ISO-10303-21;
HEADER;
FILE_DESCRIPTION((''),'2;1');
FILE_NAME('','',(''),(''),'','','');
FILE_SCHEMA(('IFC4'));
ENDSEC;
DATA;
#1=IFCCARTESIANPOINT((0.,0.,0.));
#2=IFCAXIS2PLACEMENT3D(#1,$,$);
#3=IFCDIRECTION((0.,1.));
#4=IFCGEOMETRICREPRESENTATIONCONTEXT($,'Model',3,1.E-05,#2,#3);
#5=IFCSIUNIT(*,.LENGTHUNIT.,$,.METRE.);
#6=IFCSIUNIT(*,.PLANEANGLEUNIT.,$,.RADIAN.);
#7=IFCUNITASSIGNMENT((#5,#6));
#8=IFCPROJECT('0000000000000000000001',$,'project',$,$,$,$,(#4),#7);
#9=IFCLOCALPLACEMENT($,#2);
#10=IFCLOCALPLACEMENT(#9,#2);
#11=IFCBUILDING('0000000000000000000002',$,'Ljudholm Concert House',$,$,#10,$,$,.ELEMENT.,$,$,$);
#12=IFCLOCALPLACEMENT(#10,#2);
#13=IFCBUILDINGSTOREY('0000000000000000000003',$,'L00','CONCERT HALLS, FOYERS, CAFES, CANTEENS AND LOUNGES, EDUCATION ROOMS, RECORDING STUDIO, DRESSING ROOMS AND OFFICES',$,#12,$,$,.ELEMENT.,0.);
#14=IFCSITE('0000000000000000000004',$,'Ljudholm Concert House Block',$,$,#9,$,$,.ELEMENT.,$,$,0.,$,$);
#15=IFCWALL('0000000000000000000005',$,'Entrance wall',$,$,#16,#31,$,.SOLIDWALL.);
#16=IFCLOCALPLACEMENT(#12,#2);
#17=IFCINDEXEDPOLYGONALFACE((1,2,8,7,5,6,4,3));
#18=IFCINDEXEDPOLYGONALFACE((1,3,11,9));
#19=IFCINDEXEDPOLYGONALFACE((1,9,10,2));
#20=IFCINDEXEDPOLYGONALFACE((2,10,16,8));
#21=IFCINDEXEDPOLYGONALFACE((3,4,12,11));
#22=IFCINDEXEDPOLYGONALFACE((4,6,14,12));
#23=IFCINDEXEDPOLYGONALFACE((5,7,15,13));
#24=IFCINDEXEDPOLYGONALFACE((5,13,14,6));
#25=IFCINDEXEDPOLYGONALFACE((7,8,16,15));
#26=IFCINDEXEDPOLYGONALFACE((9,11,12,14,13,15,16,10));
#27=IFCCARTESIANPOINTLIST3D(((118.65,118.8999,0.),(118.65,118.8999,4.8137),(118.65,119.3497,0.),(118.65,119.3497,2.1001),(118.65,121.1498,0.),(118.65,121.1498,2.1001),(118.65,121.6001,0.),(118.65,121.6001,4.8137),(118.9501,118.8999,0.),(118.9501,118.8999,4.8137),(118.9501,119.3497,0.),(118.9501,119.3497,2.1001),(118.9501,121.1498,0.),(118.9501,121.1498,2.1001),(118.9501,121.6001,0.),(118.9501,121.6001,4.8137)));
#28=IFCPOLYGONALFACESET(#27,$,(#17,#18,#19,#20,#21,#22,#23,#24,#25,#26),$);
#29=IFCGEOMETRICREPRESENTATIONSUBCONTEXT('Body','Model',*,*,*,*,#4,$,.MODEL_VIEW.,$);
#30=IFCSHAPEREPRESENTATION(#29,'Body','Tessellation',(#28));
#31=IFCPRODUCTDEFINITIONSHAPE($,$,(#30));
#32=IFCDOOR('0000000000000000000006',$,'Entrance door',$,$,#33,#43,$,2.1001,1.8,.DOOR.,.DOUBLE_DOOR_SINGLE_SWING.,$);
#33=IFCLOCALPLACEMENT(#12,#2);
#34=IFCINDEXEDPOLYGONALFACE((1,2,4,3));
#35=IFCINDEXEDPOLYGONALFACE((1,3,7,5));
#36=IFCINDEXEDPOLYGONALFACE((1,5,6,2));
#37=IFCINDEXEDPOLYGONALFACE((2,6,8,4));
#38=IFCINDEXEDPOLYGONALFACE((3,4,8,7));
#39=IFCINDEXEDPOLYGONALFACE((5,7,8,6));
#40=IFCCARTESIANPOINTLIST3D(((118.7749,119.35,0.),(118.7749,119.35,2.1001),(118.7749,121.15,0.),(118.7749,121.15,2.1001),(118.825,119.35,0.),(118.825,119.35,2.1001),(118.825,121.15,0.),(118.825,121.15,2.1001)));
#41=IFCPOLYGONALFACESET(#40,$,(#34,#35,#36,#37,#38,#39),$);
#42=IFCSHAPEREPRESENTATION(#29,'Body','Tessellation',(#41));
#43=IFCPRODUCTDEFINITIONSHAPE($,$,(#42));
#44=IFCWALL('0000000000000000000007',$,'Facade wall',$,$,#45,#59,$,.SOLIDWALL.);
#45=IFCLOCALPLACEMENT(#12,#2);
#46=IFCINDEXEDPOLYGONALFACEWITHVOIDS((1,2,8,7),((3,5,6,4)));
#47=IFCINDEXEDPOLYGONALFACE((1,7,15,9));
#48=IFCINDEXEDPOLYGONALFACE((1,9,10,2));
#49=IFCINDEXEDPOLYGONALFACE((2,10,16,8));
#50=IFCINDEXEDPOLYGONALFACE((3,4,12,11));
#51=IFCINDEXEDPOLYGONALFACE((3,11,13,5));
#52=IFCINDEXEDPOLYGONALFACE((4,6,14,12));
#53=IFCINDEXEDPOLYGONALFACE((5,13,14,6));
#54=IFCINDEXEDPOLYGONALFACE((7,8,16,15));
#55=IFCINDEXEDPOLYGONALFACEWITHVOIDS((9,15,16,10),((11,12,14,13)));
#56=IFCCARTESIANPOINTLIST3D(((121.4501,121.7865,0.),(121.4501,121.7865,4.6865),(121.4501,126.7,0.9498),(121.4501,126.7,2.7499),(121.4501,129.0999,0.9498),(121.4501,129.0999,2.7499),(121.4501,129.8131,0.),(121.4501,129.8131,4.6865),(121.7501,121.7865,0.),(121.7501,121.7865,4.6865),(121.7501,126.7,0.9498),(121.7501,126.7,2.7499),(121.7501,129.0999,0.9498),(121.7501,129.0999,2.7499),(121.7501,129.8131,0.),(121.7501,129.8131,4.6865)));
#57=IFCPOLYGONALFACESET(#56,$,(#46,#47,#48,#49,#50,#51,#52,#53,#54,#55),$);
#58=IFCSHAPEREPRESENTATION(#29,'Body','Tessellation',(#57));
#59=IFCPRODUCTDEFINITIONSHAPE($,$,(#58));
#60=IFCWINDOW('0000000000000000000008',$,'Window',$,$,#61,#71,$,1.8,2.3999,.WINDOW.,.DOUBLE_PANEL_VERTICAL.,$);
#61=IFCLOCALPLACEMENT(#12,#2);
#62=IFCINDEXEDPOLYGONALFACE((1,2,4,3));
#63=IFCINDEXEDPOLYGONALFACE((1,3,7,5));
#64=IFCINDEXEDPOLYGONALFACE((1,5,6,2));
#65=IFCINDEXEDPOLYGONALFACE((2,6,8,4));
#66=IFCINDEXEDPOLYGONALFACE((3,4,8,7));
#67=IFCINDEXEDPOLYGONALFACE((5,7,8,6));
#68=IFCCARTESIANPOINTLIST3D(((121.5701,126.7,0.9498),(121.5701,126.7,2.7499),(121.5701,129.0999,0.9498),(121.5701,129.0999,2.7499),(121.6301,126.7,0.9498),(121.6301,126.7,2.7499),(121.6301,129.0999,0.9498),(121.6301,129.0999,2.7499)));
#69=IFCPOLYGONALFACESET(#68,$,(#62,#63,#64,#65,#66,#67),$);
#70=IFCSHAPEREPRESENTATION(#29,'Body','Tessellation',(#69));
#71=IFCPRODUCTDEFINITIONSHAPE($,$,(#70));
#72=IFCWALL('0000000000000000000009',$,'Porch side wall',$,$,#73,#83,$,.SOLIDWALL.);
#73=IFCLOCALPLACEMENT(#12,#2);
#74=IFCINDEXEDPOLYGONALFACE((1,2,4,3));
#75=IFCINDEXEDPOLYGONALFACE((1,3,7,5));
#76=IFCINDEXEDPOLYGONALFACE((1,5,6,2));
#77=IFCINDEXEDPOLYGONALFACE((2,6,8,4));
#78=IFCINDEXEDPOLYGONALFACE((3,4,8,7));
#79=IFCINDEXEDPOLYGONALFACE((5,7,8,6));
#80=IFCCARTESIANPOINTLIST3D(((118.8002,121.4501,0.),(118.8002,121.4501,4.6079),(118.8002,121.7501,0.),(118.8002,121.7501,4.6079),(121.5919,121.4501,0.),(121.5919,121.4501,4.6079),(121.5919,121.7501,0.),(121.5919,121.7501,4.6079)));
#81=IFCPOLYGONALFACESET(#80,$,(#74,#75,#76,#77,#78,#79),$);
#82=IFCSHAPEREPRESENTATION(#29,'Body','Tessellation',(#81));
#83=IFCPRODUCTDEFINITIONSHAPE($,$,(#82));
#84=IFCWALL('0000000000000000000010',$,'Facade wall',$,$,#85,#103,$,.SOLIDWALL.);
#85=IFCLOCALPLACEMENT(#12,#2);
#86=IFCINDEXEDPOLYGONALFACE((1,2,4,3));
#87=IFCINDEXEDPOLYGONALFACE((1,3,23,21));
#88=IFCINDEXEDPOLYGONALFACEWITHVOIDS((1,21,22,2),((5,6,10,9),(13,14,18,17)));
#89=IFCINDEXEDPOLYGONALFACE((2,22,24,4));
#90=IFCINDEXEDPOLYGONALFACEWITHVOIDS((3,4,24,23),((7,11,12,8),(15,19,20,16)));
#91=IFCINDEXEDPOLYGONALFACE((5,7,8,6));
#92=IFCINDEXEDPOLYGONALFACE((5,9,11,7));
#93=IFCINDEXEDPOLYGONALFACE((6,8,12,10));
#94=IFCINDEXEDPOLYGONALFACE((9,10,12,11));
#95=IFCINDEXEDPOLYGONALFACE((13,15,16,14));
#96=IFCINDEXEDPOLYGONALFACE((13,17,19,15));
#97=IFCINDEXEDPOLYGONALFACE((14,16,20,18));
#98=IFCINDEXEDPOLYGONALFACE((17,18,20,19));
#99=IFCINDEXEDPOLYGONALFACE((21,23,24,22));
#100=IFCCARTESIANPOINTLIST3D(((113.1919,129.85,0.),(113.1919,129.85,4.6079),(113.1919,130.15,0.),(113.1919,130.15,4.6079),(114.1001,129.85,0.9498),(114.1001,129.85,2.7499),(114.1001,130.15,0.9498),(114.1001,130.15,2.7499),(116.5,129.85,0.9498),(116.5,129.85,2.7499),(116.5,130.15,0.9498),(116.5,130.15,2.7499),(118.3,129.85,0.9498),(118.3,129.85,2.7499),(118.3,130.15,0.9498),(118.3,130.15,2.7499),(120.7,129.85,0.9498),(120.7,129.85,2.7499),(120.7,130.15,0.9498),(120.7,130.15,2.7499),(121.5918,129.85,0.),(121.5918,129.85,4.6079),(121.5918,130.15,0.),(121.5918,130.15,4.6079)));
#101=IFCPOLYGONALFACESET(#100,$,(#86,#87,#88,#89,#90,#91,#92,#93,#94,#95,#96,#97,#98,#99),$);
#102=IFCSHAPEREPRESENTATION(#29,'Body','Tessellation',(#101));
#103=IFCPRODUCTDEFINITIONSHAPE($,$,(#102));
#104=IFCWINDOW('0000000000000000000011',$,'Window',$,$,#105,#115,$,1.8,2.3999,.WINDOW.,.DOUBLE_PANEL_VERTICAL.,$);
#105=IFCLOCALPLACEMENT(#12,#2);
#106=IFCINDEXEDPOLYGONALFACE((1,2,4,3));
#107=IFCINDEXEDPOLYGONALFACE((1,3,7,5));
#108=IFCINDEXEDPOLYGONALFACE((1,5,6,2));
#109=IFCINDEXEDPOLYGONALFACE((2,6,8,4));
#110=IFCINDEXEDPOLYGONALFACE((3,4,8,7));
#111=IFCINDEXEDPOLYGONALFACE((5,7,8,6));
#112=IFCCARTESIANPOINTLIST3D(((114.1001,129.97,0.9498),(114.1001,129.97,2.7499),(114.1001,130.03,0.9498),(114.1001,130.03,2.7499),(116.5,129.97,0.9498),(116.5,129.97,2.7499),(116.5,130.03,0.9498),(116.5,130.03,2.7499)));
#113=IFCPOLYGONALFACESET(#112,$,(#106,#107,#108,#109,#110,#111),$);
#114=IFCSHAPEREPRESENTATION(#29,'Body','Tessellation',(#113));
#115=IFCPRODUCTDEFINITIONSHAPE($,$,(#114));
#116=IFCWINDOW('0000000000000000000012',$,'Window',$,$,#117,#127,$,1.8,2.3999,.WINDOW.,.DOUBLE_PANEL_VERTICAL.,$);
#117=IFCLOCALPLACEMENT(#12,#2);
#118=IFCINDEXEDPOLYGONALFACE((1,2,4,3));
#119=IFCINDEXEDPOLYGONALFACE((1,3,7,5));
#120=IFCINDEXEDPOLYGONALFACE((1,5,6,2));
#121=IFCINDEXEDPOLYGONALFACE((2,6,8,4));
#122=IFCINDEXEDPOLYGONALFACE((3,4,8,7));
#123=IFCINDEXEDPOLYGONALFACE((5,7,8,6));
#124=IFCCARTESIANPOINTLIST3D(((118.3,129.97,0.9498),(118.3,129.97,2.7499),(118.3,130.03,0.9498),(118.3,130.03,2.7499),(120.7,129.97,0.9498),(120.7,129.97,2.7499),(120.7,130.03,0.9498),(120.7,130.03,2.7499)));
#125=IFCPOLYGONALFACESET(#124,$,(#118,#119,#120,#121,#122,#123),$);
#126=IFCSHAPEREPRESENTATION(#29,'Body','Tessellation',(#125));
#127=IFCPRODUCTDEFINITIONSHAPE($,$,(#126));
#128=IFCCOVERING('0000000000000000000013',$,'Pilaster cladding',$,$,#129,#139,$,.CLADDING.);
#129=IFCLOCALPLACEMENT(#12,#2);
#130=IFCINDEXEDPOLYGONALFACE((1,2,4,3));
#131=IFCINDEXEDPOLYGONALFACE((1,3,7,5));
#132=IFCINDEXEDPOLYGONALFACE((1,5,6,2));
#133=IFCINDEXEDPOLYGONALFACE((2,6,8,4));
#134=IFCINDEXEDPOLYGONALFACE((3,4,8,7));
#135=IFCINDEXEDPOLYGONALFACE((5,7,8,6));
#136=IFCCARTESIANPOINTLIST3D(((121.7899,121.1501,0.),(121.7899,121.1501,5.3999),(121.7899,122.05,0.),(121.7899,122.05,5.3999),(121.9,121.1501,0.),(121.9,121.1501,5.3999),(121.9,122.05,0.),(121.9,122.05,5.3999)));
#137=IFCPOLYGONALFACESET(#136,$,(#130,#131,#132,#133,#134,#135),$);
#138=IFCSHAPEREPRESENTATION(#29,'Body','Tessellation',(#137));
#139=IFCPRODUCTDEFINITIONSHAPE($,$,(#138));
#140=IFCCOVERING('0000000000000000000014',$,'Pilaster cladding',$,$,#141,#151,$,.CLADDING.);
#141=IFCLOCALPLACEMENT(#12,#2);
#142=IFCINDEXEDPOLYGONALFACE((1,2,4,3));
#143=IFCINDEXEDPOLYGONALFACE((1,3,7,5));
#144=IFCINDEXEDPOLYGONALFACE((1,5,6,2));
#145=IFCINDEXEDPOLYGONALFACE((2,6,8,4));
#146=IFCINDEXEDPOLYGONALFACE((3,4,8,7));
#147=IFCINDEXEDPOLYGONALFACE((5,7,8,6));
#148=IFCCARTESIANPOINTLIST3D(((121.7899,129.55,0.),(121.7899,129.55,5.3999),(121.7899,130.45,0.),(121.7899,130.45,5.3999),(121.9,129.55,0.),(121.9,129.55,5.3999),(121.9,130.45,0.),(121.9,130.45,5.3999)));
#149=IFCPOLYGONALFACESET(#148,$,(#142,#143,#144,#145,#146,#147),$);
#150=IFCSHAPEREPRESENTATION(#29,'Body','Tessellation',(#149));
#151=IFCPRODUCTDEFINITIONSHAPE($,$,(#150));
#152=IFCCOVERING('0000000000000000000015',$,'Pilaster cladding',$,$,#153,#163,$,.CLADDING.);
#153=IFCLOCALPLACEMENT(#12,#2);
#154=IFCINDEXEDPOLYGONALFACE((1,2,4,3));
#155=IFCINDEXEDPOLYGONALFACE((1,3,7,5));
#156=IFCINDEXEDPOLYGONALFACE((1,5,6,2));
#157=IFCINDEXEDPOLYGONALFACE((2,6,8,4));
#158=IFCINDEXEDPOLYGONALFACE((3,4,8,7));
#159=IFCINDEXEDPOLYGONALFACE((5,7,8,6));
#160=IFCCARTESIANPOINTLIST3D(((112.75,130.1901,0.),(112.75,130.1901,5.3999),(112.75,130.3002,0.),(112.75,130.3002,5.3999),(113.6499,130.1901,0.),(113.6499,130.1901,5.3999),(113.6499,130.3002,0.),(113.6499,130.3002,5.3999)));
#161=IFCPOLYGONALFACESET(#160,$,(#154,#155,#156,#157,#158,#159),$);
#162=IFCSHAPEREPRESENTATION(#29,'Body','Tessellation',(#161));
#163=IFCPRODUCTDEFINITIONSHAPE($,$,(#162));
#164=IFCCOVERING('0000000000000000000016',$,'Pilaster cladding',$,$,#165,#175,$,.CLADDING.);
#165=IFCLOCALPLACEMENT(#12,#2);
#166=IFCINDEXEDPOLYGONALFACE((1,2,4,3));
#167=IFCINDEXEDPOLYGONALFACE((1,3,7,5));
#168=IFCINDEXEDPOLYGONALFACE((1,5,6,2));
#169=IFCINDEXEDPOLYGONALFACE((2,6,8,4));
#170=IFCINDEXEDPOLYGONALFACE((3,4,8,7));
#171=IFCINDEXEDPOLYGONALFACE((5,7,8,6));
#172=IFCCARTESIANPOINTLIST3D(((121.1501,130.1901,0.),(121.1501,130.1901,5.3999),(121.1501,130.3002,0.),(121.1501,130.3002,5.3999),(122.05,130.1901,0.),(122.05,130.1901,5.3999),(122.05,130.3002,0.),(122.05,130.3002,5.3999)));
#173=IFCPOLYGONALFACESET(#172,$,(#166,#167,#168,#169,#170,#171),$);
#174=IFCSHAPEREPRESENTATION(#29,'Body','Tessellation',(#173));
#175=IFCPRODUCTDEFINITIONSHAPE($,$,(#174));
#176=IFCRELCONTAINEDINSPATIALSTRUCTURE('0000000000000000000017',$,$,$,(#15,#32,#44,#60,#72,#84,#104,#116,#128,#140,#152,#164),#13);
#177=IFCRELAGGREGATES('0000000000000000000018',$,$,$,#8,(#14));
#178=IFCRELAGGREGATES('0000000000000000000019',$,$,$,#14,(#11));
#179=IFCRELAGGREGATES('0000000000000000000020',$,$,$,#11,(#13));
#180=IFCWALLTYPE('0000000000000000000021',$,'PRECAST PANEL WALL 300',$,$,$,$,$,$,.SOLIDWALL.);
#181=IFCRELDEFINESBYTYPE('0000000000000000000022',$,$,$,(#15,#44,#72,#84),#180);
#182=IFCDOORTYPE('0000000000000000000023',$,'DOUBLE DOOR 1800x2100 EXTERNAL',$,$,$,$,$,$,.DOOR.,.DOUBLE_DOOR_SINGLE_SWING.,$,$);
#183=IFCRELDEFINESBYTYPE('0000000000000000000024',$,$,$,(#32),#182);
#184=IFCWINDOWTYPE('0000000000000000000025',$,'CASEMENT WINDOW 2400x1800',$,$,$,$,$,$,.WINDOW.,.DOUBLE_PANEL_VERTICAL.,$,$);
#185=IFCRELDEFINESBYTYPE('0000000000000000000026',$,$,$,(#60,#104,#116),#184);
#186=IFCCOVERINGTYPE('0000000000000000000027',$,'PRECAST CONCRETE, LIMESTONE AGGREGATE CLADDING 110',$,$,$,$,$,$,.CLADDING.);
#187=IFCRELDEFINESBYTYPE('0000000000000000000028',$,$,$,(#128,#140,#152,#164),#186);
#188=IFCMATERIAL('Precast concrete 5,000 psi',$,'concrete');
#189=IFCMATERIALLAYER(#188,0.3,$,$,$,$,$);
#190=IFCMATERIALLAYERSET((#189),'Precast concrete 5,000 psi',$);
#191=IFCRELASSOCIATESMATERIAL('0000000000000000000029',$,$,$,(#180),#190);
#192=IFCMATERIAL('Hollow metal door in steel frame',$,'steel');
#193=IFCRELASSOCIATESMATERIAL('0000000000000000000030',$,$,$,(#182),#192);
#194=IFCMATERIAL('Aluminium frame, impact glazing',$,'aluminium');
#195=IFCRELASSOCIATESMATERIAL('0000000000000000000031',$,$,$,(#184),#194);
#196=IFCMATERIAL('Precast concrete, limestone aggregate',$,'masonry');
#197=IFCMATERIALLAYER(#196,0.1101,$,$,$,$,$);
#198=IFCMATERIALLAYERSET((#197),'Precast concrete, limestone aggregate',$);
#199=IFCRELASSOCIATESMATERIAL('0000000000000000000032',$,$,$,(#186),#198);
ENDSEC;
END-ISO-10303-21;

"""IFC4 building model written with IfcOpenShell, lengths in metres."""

from ifc_helpers import new_model, si_unit, direction, frame, frame_2d, origin, origin_2d, place, context, subcontext, project, spatial, rectangle, extrude, material, layer, layer_set, type_object, element, fill, save


model = new_model("IFC4")

# Units and contexts
model_context = context("Model", 3, precision=1e-05, world=origin(), true_north=direction((0.0, 1.0)))
body_context = subcontext(model_context, "Body", "Model", "MODEL_VIEW")
ifc_project = project(units=[si_unit("LENGTHUNIT", "METRE"), si_unit("PLANEANGLEUNIT", "RADIAN")], contexts=[model_context])

# Site, building, storey
site_placement = place(None, origin())
site = spatial("IfcSite", under=ifc_project, at=site_placement, Name="Ljudholm Concert House Block", CompositionType="ELEMENT", RefElevation=0.0)
building_placement = place(site_placement, origin())
building = spatial("IfcBuilding", under=site, at=building_placement, Name="Ljudholm Concert House", CompositionType="ELEMENT")
storey_placement = place(building_placement, origin())
storey = spatial("IfcBuildingStorey", under=building, at=storey_placement, Name="L00", Description="CONCERT HALLS, FOYERS, CAFES, CANTEENS AND LOUNGES, EDUCATION ROOMS, RECORDING STUDIO, DRESSING ROOMS AND OFFICES", CompositionType="ELEMENT", Elevation=0.0)

# Wall, opening, door
ifc_material_1 = material(Name="Precast concrete 5,000 psi", Category="concrete")
ifc_layer_1 = layer(ifc_material_1, 0.3)
ifc_layer_set_1 = layer_set([ifc_layer_1], Name="Precast concrete 5,000 psi")
wall_type_1 = type_object("IfcWallType", Name="PRECAST PANEL WALL 300", PredefinedType="SOLIDWALL", material=ifc_layer_set_1)
wall_1_placement = place(storey_placement, frame((118.8, 118.8999, 0.0), z_axis=(0.0, 0.0, 1.0), x_axis=(0.0, 1.0, 0.0)))
wall_1 = element("IfcWall", 1, at=wall_1_placement, inside=storey, type_object=wall_type_1, Name="Entrance wall", PredefinedType="SOLIDWALL", context=body_context, shape_type="SweptSolid", body=[
    extrude(rectangle(XDim=2.7002, YDim=0.3, at=frame_2d((1.3501, 0.0))), origin(), (0.0, 0.0, 1.0), 4.8137),
])
opening_1_placement = place(wall_1_placement, frame((0.45, 0.0, 0.0)))
opening_1 = element("IfcOpeningElement", 2, at=opening_1_placement, cuts=wall_1, PredefinedType="OPENING", context=body_context, shape_type="SweptSolid", body=[
    extrude(rectangle(XDim=1.8, YDim=2.1001, at=frame_2d((0.8999, 1.05))), frame((0.0, 0.1599, 0.0), z_axis=(0.0, -1.0, 0.0), x_axis=(1.0, 0.0, 0.0)), (0.0, 0.0, 1.0), 0.3201),
])
ifc_material_2 = material(Name="Hollow metal door in steel frame", Category="steel")
door_type = type_object("IfcDoorType", Name="DOUBLE DOOR 1800x2100 EXTERNAL", OperationType="DOUBLE_DOOR_SINGLE_SWING", PredefinedType="DOOR", material=ifc_material_2)
door_placement = place(opening_1_placement, frame((1.8, 0.0, 0.0), z_axis=(0.0, 0.0, 1.0), x_axis=(-1.0, 0.0, 0.0)))
door = element("IfcDoor", 3, at=door_placement, inside=storey, type_object=door_type, Name="Entrance door", OperationType="DOUBLE_DOOR_SINGLE_SWING", OverallHeight=2.1001, OverallWidth=1.8, PredefinedType="DOOR", context=body_context, shape_type="SweptSolid", body=[
    extrude(rectangle(XDim=1.8, YDim=2.1001, at=frame_2d((0.8999, 1.05))), frame((0.0, 0.0249, 0.0), z_axis=(0.0, -1.0, 0.0), x_axis=(1.0, 0.0, 0.0)), (0.0, 0.0, 1.0), 0.05),
])
fill(opening_1, door)

# Wall, opening, window
wall_2_placement = place(storey_placement, frame((121.6001, 121.7866, 0.0), z_axis=(0.0, 0.0, 1.0), x_axis=(0.0, 1.0, 0.0)))
wall_2 = element("IfcWall", 4, at=wall_2_placement, inside=storey, type_object=wall_type_1, Name="Facade wall", PredefinedType="SOLIDWALL", context=body_context, shape_type="SweptSolid", body=[
    extrude(rectangle(XDim=8.0266, YDim=0.3, at=frame_2d((4.0132, 0.0))), origin(), (0.0, 0.0, 1.0), 4.6865),
])
opening_2_placement = place(wall_2_placement, frame((4.9133, 0.0, 0.95)))
opening_2 = element("IfcOpeningElement", 5, at=opening_2_placement, cuts=wall_2, PredefinedType="OPENING", context=body_context, shape_type="SweptSolid", body=[
    extrude(rectangle(XDim=2.3999, YDim=1.8, at=frame_2d((1.2, 0.8999))), frame((0.0, 0.1599, 0.0), z_axis=(0.0, -1.0, 0.0), x_axis=(1.0, 0.0, 0.0)), (0.0, 0.0, 1.0), 0.3201),
])
ifc_material_3 = material(Name="Aluminium frame, impact glazing", Category="aluminium")
window_type = type_object("IfcWindowType", Name="CASEMENT WINDOW 2400x1800", PartitioningType="DOUBLE_PANEL_VERTICAL", PredefinedType="WINDOW", material=ifc_material_3)
window_1_placement = place(opening_2_placement, origin())
window_1 = element("IfcWindow", 6, at=window_1_placement, inside=storey, type_object=window_type, Name="Window", OverallHeight=1.8, OverallWidth=2.3999, PartitioningType="DOUBLE_PANEL_VERTICAL", PredefinedType="WINDOW", context=body_context, shape_type="SweptSolid", body=[
    extrude(rectangle(XDim=2.3999, YDim=1.8, at=frame_2d((1.2, 0.8999))), frame((0.0, 0.03, 0.0), z_axis=(0.0, -1.0, 0.0), x_axis=(1.0, 0.0, 0.0)), (0.0, 0.0, 1.0), 0.0601),
])
fill(opening_2, window_1)

# Wall
wall_3_placement = place(storey_placement, frame((118.8, 121.6001, 0.0), z_axis=(0.0, 0.0, 1.0), x_axis=(1.0, 0.0, 0.0)))
element("IfcWall", 7, at=wall_3_placement, inside=storey, type_object=wall_type_1, Name="Porch side wall", PredefinedType="SOLIDWALL", context=body_context, shape_type="SweptSolid", body=[
    extrude(rectangle(XDim=2.7917, YDim=0.3, at=frame_2d((1.396, 0.0))), origin(), (0.0, 0.0, 1.0), 4.6079),
])

# Wall, openings, windows
wall_4_placement = place(storey_placement, frame((113.1919, 130.0, 0.0), z_axis=(0.0, 0.0, 1.0), x_axis=(1.0, 0.0, 0.0)))
wall_4 = element("IfcWall", 8, at=wall_4_placement, inside=storey, type_object=wall_type_1, Name="Facade wall", PredefinedType="SOLIDWALL", context=body_context, shape_type="SweptSolid", body=[
    extrude(rectangle(XDim=8.3999, YDim=0.3, at=frame_2d((4.2, 0.0))), origin(), (0.0, 0.0, 1.0), 4.6079),
])
opening_3_placement = place(wall_4_placement, frame((0.9082, 0.0, 0.95)))
opening_3 = element("IfcOpeningElement", 9, at=opening_3_placement, cuts=wall_4, PredefinedType="OPENING", context=body_context, shape_type="SweptSolid", body=[
    extrude(rectangle(XDim=2.3999, YDim=1.8, at=frame_2d((1.2, 0.8999))), frame((0.0, 0.1599, 0.0), z_axis=(0.0, -1.0, 0.0), x_axis=(1.0, 0.0, 0.0)), (0.0, 0.0, 1.0), 0.3201),
])
opening_4_placement = place(wall_4_placement, frame((5.1082, 0.0, 0.95)))
opening_4 = element("IfcOpeningElement", 10, at=opening_4_placement, cuts=wall_4, PredefinedType="OPENING", context=body_context, shape_type="SweptSolid", body=[
    extrude(rectangle(XDim=2.3999, YDim=1.8, at=frame_2d((1.2, 0.8999))), frame((0.0, 0.1599, 0.0), z_axis=(0.0, -1.0, 0.0), x_axis=(1.0, 0.0, 0.0)), (0.0, 0.0, 1.0), 0.3201),
])
window_2_placement = place(opening_3_placement, origin())
window_2 = element("IfcWindow", 11, at=window_2_placement, inside=storey, type_object=window_type, Name="Window", OverallHeight=1.8, OverallWidth=2.3999, PartitioningType="DOUBLE_PANEL_VERTICAL", PredefinedType="WINDOW", context=body_context, shape_type="SweptSolid", body=[
    extrude(rectangle(XDim=2.3999, YDim=1.8, at=frame_2d((1.2, 0.8999))), frame((0.0, 0.03, 0.0), z_axis=(0.0, -1.0, 0.0), x_axis=(1.0, 0.0, 0.0)), (0.0, 0.0, 1.0), 0.0601),
])
fill(opening_3, window_2)
window_3_placement = place(opening_4_placement, origin())
window_3 = element("IfcWindow", 12, at=window_3_placement, inside=storey, type_object=window_type, Name="Window", OverallHeight=1.8, OverallWidth=2.3999, PartitioningType="DOUBLE_PANEL_VERTICAL", PredefinedType="WINDOW", context=body_context, shape_type="SweptSolid", body=[
    extrude(rectangle(XDim=2.3999, YDim=1.8, at=frame_2d((1.2, 0.8999))), frame((0.0, 0.03, 0.0), z_axis=(0.0, -1.0, 0.0), x_axis=(1.0, 0.0, 0.0)), (0.0, 0.0, 1.0), 0.0601),
])
fill(opening_4, window_3)

# Coverings
ifc_material_4 = material(Name="Precast concrete, limestone aggregate", Category="masonry")
ifc_layer_2 = layer(ifc_material_4, 0.1101)
ifc_layer_set_2 = layer_set([ifc_layer_2], Name="Precast concrete, limestone aggregate")
covering_type = type_object("IfcCoveringType", Name="PRECAST CONCRETE, LIMESTONE AGGREGATE CLADDING 110", PredefinedType="CLADDING", material=ifc_layer_set_2)
for number, where, z_axis, x_axis, name in (
    (13, (121.845, 121.6001, 0.0), (0.0, 0.0, 1.0), (1.0, 0.0, 0.0), "Pilaster cladding"),
    (14, (121.845, 130.0, 0.0), (0.0, 0.0, 1.0), (1.0, 0.0, 0.0), "Pilaster cladding"),
    (15, (113.2, 130.2451, 0.0), (0.0, 0.0, 1.0), (0.0, 1.0, 0.0), "Pilaster cladding"),
    (16, (121.6001, 130.2451, 0.0), (0.0, 0.0, 1.0), (0.0, 1.0, 0.0), "Pilaster cladding"),
):
    element("IfcCovering", number, at=place(storey_placement, frame(where, z_axis=z_axis, x_axis=x_axis)), inside=storey, type_object=covering_type, Name=name, PredefinedType="CLADDING", context=body_context, shape_type="SweptSolid", body=[
        extrude(rectangle(XDim=0.1101, YDim=0.8999, at=origin_2d()), origin(), (0.0, 0.0, 1.0), 5.3999),
    ])

save(model, "model.ifc")
